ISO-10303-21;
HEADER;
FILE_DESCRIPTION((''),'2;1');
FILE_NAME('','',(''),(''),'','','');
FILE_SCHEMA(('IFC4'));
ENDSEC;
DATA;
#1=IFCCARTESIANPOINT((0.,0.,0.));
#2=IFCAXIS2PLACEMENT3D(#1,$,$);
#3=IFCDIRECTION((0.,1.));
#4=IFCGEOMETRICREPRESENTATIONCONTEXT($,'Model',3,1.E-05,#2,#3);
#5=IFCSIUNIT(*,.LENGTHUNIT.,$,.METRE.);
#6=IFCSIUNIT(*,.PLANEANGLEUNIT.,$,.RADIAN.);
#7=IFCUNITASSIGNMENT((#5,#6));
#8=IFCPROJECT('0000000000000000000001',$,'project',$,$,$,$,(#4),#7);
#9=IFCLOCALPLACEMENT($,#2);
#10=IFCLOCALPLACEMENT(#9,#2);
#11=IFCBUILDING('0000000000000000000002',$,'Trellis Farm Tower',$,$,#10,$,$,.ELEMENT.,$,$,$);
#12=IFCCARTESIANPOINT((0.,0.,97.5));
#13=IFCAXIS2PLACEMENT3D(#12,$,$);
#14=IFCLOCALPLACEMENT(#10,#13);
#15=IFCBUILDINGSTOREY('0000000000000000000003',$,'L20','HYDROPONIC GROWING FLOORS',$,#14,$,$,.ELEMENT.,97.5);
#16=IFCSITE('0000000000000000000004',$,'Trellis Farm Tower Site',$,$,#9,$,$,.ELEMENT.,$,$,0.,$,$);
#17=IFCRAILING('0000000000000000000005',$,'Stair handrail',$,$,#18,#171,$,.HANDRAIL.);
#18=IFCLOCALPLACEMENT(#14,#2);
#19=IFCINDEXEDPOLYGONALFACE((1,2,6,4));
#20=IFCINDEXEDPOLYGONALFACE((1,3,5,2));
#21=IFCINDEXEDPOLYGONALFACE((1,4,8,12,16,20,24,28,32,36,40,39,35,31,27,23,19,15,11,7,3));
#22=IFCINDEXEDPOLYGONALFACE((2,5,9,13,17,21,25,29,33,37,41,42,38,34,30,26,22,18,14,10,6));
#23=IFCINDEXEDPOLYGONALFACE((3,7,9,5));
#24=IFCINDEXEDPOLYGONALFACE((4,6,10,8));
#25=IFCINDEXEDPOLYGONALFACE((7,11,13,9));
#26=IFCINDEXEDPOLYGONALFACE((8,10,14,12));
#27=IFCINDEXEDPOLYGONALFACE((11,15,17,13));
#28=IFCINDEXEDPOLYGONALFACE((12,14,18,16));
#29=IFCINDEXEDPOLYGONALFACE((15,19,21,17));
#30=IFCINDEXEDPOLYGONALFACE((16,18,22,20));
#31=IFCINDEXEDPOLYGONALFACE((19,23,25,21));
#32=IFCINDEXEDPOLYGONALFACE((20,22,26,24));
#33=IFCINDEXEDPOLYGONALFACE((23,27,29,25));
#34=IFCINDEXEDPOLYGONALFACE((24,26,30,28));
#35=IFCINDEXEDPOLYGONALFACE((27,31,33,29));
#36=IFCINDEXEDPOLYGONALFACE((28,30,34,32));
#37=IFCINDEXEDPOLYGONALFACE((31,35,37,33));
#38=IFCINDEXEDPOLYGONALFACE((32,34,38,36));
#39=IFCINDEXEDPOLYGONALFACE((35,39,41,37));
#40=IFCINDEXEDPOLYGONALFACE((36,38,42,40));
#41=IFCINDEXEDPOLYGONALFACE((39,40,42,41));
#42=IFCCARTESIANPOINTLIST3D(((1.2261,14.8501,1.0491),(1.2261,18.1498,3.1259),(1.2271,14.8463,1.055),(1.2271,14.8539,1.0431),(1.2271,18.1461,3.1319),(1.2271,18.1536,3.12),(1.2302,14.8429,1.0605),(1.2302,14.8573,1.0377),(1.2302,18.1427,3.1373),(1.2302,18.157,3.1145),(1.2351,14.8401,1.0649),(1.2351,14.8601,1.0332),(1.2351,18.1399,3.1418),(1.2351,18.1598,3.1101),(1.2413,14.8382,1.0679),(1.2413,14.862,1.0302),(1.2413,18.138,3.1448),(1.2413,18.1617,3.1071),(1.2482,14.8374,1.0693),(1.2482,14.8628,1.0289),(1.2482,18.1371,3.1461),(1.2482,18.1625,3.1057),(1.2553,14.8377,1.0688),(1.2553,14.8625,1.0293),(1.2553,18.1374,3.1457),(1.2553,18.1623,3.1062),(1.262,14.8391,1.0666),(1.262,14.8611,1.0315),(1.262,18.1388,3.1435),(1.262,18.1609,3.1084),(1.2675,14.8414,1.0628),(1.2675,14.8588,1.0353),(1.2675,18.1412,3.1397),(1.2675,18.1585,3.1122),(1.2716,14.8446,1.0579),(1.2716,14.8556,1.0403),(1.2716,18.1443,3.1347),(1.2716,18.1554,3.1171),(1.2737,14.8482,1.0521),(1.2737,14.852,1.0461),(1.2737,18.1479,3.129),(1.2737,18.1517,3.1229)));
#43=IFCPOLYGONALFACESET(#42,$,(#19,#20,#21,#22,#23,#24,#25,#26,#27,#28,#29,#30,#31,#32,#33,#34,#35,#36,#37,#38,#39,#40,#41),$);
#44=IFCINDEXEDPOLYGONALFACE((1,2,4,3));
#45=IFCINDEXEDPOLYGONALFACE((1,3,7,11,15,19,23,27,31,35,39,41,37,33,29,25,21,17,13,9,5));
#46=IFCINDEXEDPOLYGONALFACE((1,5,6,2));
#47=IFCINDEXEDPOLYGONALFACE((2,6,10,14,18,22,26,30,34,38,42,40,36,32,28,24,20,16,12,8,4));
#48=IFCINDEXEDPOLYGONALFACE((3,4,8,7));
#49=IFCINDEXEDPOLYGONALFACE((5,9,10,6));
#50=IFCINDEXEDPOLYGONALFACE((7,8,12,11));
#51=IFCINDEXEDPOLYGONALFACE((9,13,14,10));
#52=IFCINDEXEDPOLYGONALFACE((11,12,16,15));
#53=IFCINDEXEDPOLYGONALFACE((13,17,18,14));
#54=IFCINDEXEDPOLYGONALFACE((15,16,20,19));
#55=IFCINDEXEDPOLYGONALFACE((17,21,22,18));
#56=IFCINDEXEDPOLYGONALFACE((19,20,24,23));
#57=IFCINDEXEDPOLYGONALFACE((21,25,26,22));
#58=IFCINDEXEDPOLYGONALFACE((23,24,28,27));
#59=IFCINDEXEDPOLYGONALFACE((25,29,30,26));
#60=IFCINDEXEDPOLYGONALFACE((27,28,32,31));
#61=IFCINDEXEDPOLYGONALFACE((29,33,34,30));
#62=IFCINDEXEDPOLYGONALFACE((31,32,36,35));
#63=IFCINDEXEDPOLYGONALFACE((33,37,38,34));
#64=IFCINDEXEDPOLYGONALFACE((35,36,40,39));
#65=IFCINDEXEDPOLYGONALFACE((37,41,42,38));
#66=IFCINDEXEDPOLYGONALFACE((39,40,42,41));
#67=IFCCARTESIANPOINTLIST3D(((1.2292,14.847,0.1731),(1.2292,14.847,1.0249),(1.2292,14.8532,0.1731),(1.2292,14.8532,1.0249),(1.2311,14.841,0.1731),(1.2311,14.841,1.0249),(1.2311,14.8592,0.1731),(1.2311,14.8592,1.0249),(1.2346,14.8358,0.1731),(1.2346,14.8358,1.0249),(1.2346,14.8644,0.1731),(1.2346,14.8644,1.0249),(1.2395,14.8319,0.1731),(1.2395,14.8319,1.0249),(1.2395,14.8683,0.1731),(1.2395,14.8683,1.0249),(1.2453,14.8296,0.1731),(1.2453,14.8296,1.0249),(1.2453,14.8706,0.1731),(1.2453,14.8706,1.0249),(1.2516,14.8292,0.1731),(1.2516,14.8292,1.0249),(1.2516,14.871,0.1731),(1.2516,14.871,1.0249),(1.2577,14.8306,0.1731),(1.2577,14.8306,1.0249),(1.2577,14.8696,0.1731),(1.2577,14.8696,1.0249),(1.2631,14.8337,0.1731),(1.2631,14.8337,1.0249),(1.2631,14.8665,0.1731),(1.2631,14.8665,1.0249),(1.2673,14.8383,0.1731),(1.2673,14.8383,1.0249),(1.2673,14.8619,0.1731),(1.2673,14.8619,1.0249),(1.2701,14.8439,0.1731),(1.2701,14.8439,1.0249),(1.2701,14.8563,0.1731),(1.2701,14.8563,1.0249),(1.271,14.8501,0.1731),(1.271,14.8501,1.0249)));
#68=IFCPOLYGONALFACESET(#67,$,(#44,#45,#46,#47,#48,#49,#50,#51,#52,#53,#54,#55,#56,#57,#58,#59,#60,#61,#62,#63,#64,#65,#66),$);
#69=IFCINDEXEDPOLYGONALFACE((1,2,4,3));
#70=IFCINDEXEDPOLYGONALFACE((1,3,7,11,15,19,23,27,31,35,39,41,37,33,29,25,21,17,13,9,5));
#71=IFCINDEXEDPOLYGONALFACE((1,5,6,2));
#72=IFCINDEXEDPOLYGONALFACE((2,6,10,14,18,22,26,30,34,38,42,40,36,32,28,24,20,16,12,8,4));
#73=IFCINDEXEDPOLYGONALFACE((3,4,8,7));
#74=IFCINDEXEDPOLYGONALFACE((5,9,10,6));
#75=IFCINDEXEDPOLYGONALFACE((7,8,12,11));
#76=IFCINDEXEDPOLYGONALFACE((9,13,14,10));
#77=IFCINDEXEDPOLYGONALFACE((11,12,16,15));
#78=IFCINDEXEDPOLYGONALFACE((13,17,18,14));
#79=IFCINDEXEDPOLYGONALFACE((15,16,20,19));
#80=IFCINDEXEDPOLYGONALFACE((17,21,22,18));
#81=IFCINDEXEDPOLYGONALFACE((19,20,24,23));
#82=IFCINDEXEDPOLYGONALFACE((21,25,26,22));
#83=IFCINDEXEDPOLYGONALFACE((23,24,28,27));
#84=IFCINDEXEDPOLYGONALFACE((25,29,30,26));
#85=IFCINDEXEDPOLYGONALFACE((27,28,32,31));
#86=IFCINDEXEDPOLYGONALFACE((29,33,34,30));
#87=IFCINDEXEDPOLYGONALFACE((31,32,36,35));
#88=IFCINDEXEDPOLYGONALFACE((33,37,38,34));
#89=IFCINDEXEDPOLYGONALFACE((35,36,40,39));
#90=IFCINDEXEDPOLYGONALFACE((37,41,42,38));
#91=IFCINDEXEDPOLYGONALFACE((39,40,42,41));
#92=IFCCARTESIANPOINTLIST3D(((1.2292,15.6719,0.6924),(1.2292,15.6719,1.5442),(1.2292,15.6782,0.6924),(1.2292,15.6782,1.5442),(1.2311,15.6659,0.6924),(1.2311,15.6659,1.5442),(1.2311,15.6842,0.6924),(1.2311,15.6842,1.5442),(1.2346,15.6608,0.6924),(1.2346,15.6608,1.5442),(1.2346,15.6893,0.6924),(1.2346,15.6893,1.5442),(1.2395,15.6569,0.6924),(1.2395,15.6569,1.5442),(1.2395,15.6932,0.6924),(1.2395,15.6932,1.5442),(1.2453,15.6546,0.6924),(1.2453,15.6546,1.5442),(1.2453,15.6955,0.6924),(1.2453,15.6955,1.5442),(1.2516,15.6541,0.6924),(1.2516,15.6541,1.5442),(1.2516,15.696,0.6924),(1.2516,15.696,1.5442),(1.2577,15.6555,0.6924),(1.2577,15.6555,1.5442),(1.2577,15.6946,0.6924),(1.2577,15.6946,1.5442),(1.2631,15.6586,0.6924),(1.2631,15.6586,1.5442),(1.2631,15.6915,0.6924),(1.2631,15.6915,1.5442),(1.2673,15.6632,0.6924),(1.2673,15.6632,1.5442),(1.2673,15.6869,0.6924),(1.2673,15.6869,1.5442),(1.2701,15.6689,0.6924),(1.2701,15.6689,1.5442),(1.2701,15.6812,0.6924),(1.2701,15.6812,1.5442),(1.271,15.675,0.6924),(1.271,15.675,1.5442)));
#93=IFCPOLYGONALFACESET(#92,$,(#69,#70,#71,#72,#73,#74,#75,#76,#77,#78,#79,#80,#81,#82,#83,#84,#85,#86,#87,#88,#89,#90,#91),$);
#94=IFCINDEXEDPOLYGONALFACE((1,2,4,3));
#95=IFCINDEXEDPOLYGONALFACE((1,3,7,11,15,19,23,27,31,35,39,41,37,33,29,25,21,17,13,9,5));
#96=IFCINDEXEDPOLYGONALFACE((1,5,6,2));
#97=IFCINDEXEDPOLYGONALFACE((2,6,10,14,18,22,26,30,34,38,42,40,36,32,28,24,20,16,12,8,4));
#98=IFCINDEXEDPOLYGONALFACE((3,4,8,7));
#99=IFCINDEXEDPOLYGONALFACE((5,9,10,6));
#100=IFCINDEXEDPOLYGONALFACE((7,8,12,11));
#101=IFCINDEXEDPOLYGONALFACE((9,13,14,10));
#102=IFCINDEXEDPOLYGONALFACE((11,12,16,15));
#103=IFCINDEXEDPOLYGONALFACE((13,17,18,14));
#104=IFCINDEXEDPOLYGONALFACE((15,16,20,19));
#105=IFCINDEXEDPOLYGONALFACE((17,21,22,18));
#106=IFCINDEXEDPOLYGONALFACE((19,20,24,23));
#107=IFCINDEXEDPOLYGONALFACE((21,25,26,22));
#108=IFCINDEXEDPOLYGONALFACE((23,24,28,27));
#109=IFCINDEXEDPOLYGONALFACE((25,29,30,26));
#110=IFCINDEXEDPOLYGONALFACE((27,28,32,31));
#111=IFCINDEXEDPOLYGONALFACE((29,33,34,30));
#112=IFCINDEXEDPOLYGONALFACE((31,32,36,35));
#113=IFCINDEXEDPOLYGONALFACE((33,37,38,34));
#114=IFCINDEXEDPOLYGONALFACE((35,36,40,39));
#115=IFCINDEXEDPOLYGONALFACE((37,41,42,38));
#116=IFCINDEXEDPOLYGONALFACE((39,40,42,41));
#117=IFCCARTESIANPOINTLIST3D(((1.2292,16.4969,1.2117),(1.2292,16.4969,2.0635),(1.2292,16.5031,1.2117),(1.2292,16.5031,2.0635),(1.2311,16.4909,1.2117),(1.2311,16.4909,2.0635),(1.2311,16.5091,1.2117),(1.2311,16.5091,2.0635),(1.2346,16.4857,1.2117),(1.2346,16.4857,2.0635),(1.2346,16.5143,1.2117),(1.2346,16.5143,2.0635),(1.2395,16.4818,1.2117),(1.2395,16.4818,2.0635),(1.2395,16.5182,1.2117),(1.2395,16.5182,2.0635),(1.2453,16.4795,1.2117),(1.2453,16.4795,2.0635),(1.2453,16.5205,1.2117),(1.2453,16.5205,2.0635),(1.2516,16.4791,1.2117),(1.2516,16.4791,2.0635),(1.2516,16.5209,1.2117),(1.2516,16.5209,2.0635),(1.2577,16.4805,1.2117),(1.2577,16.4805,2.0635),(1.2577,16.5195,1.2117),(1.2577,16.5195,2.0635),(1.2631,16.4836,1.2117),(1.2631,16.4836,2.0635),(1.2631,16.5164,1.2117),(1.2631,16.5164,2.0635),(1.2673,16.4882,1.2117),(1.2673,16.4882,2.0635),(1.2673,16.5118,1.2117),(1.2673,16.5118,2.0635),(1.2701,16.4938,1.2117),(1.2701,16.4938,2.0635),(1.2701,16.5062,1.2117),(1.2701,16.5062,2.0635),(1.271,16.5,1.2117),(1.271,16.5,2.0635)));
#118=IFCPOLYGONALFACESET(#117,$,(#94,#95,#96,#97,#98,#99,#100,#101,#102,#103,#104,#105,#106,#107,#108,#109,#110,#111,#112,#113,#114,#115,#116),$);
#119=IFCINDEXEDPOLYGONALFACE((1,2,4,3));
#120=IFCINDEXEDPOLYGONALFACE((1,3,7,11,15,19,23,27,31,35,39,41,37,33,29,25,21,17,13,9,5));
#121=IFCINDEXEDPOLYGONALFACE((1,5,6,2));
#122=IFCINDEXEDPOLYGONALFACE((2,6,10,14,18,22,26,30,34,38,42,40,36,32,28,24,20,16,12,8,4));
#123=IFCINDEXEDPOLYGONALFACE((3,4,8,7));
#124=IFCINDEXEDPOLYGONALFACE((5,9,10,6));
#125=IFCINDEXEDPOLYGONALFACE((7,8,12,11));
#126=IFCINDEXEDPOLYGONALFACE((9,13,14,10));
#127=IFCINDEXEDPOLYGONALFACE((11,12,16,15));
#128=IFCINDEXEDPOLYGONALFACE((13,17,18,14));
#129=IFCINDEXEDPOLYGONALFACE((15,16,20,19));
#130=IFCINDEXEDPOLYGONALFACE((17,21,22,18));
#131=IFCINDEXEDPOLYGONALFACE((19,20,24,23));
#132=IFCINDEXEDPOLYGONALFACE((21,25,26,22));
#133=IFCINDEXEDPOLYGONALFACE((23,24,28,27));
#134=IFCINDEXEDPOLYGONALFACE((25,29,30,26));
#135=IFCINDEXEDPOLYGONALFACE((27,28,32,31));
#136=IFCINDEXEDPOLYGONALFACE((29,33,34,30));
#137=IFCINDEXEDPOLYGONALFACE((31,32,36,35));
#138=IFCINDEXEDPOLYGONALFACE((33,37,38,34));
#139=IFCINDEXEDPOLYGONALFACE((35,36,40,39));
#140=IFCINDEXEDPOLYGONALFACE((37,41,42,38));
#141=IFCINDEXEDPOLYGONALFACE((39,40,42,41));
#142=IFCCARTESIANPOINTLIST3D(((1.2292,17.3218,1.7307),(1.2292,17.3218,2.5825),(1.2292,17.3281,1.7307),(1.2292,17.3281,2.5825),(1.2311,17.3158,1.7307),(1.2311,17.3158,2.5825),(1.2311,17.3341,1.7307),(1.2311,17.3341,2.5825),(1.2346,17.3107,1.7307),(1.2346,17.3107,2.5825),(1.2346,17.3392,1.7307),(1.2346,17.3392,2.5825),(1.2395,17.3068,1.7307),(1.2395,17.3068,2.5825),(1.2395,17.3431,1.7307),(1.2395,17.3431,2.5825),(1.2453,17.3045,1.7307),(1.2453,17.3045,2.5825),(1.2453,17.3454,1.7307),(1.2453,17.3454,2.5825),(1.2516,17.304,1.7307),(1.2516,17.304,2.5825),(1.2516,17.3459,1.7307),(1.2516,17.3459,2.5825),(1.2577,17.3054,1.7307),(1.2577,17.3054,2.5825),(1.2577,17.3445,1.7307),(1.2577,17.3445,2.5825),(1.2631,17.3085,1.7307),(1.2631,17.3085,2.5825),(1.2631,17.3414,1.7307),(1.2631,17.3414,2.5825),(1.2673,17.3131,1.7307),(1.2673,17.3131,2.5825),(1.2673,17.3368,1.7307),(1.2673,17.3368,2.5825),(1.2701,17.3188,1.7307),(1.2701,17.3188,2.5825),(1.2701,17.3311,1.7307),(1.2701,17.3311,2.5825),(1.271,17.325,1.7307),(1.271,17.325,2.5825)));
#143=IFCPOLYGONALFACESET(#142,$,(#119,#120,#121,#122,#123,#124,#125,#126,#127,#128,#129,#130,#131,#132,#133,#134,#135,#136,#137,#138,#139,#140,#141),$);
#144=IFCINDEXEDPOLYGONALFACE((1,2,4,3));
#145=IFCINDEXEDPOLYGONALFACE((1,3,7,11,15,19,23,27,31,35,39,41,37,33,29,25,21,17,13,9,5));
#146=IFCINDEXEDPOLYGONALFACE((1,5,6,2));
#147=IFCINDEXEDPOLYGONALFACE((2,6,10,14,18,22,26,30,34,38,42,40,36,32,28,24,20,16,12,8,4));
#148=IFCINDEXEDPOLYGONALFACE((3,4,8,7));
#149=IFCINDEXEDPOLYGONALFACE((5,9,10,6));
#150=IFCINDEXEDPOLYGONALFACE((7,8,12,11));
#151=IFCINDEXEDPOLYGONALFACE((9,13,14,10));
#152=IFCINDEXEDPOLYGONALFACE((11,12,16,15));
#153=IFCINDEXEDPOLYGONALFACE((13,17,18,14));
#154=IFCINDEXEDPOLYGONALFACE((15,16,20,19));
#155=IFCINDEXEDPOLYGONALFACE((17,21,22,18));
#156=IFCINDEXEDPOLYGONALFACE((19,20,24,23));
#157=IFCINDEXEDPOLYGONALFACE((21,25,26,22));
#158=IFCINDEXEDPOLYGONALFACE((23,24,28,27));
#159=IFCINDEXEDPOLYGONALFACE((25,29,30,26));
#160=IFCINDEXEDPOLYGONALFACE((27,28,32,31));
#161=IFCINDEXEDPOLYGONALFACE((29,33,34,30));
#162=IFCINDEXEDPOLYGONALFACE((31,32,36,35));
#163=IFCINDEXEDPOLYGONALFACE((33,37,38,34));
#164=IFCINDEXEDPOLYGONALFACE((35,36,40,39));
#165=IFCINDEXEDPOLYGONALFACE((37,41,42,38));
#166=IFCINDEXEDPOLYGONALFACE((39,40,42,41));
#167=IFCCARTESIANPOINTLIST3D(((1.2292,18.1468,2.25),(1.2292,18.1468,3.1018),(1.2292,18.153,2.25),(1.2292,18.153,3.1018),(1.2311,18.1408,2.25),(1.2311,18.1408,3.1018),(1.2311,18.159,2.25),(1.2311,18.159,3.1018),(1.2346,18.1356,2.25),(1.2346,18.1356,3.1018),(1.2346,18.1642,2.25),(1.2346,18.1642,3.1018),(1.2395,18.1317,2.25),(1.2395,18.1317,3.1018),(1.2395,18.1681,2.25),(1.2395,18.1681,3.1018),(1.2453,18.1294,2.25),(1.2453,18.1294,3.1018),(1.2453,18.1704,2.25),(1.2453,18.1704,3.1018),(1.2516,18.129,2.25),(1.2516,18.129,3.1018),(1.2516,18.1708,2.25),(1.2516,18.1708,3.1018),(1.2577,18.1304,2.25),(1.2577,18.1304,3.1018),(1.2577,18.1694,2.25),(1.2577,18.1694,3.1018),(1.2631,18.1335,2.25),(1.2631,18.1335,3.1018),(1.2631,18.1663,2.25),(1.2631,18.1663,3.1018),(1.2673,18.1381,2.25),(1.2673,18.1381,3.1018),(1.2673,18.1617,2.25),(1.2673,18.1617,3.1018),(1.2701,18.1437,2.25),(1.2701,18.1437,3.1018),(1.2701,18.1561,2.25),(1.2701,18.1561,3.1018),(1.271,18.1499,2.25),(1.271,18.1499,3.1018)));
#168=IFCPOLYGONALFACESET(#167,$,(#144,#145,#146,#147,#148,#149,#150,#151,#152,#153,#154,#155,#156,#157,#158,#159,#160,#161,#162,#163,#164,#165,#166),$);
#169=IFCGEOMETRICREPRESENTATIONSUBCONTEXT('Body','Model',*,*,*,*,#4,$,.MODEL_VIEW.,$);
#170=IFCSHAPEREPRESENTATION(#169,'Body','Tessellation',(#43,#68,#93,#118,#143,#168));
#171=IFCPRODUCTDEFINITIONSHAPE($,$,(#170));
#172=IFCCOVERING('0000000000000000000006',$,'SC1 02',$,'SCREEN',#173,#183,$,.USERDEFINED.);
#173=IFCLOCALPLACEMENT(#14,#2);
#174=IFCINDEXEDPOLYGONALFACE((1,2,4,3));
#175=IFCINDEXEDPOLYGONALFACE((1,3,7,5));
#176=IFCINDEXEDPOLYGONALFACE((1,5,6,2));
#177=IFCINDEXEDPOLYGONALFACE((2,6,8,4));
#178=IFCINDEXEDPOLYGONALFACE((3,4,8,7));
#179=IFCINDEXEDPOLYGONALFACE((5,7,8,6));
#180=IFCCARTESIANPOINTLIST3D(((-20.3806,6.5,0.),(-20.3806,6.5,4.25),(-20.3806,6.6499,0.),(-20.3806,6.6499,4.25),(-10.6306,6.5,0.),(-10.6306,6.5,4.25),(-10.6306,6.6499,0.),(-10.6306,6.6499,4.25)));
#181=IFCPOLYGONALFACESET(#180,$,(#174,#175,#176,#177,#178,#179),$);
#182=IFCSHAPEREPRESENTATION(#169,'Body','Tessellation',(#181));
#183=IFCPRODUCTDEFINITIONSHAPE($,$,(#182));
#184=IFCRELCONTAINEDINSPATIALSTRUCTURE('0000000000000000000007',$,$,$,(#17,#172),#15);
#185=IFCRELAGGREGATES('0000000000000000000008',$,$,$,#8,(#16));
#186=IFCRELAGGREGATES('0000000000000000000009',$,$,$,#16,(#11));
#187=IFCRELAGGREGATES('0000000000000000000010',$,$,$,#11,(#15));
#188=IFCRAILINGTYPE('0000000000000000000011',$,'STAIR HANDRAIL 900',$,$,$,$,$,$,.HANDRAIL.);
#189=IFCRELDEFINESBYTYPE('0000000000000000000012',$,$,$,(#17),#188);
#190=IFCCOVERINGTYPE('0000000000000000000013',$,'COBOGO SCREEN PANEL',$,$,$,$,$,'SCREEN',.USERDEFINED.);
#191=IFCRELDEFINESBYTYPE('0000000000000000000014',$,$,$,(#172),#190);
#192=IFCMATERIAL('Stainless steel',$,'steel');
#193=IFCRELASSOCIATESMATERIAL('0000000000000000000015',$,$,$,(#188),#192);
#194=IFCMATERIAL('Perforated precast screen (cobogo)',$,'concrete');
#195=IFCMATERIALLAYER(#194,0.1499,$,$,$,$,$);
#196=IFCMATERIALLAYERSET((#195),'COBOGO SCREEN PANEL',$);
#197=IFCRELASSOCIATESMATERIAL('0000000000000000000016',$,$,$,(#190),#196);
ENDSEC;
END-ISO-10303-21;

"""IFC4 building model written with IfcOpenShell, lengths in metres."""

from ifc_helpers import new_model, si_unit, direction, frame, origin, origin_2d, place, context, subcontext, project, spatial, polyline, circle, outline, extrude, source, transform, mapped, material, layer, layer_set, type_object, element, save


model = new_model("IFC4")

# Units and contexts
model_context = context("Model", 3, precision=1e-05, world=origin(), true_north=direction((0.0, 1.0)))
body_context = subcontext(model_context, "Body", "Model", "MODEL_VIEW")
ifc_project = project(units=[si_unit("LENGTHUNIT", "METRE"), si_unit("PLANEANGLEUNIT", "RADIAN")], contexts=[model_context])

# Site, building, storey
site_placement = place(None, origin())
site = spatial("IfcSite", under=ifc_project, at=site_placement, Name="Trellis Farm Tower Site", CompositionType="ELEMENT", RefElevation=0.0)
building_placement = place(site_placement, origin())
building = spatial("IfcBuilding", under=site, at=building_placement, Name="Trellis Farm Tower", CompositionType="ELEMENT")
storey_placement = place(building_placement, frame((0.0, 0.0, 97.5)))
storey = spatial("IfcBuildingStorey", under=building, at=storey_placement, Name="L20", Description="HYDROPONIC GROWING FLOORS", CompositionType="ELEMENT", Elevation=97.5)

# Shared definitions
placement = place(storey_placement, origin())

# Railing
ifc_material_1 = material(Name="Stainless steel", Category="steel")
railing_type = type_object("IfcRailingType", Name="STAIR HANDRAIL 900", PredefinedType="HANDRAIL", material=ifc_material_1)
shared_shape_1 = source(origin(), body_context, "Body", "SweptSolid", [
    extrude(circle(Radius=0.0239, at=origin_2d()), frame((0.0, 0.0, 0.876), z_axis=(0.0, 0.84632, 0.532675), x_axis=(-1.0, 0.0, 0.0)), (0.0, 0.0, 1.0), 3.8989),
    extrude(circle(Radius=0.021, at=origin_2d()), origin(), (0.0, 0.0, 1.0), 0.8518),
    extrude(circle(Radius=0.021, at=origin_2d()), frame((0.0, 0.825, 0.5193)), (0.0, 0.0, 1.0), 0.8518),
    extrude(circle(Radius=0.021, at=origin_2d()), frame((0.0, 1.6499, 1.0386)), (0.0, 0.0, 1.0), 0.8518),
    extrude(circle(Radius=0.021, at=origin_2d()), frame((0.0, 2.4749, 1.5576)), (0.0, 0.0, 1.0), 0.8518),
    extrude(circle(Radius=0.021, at=origin_2d()), frame((0.0, 3.2998, 2.0769)), (0.0, 0.0, 1.0), 0.8518),
])
railing_placement = place(storey_placement, frame((1.25, 14.8501, 0.1731)))
element("IfcRailing", 1, at=railing_placement, inside=storey, type_object=railing_type, Name="Stair handrail", PredefinedType="HANDRAIL", context=body_context, shape_type="MappedRepresentation", body=[
    mapped(shared_shape_1, transform((0.0, 0.0, 0.0))),
])

# Covering
ifc_material_2 = material(Name="Perforated precast screen (cobogo)", Category="concrete")
ifc_layer_1 = layer(ifc_material_2, 0.1499)
ifc_layer_set_1 = layer_set([ifc_layer_1], Name="COBOGO SCREEN PANEL")
covering_type = type_object("IfcCoveringType", Name="COBOGO SCREEN PANEL", ElementType="SCREEN", PredefinedType="USERDEFINED", material=ifc_layer_set_1)
shared_shape_2 = source(origin(), body_context, "Body", "SweptSolid", [
    extrude(outline(polyline([(-10.6306, 6.6499), (-20.3806, 6.6499), (-20.3806, 6.5), (-10.6306, 6.5), (-10.6306, 6.6499)])), origin(), (0.0, 0.0, 1.0), 4.25),
])
element("IfcCovering", 2, at=placement, inside=storey, type_object=covering_type, Name="SC1 02", ObjectType="SCREEN", PredefinedType="USERDEFINED", context=body_context, shape_type="MappedRepresentation", body=[
    mapped(shared_shape_2, transform((0.0, 0.0, 0.0))),
])

save(model, "model.ifc")
